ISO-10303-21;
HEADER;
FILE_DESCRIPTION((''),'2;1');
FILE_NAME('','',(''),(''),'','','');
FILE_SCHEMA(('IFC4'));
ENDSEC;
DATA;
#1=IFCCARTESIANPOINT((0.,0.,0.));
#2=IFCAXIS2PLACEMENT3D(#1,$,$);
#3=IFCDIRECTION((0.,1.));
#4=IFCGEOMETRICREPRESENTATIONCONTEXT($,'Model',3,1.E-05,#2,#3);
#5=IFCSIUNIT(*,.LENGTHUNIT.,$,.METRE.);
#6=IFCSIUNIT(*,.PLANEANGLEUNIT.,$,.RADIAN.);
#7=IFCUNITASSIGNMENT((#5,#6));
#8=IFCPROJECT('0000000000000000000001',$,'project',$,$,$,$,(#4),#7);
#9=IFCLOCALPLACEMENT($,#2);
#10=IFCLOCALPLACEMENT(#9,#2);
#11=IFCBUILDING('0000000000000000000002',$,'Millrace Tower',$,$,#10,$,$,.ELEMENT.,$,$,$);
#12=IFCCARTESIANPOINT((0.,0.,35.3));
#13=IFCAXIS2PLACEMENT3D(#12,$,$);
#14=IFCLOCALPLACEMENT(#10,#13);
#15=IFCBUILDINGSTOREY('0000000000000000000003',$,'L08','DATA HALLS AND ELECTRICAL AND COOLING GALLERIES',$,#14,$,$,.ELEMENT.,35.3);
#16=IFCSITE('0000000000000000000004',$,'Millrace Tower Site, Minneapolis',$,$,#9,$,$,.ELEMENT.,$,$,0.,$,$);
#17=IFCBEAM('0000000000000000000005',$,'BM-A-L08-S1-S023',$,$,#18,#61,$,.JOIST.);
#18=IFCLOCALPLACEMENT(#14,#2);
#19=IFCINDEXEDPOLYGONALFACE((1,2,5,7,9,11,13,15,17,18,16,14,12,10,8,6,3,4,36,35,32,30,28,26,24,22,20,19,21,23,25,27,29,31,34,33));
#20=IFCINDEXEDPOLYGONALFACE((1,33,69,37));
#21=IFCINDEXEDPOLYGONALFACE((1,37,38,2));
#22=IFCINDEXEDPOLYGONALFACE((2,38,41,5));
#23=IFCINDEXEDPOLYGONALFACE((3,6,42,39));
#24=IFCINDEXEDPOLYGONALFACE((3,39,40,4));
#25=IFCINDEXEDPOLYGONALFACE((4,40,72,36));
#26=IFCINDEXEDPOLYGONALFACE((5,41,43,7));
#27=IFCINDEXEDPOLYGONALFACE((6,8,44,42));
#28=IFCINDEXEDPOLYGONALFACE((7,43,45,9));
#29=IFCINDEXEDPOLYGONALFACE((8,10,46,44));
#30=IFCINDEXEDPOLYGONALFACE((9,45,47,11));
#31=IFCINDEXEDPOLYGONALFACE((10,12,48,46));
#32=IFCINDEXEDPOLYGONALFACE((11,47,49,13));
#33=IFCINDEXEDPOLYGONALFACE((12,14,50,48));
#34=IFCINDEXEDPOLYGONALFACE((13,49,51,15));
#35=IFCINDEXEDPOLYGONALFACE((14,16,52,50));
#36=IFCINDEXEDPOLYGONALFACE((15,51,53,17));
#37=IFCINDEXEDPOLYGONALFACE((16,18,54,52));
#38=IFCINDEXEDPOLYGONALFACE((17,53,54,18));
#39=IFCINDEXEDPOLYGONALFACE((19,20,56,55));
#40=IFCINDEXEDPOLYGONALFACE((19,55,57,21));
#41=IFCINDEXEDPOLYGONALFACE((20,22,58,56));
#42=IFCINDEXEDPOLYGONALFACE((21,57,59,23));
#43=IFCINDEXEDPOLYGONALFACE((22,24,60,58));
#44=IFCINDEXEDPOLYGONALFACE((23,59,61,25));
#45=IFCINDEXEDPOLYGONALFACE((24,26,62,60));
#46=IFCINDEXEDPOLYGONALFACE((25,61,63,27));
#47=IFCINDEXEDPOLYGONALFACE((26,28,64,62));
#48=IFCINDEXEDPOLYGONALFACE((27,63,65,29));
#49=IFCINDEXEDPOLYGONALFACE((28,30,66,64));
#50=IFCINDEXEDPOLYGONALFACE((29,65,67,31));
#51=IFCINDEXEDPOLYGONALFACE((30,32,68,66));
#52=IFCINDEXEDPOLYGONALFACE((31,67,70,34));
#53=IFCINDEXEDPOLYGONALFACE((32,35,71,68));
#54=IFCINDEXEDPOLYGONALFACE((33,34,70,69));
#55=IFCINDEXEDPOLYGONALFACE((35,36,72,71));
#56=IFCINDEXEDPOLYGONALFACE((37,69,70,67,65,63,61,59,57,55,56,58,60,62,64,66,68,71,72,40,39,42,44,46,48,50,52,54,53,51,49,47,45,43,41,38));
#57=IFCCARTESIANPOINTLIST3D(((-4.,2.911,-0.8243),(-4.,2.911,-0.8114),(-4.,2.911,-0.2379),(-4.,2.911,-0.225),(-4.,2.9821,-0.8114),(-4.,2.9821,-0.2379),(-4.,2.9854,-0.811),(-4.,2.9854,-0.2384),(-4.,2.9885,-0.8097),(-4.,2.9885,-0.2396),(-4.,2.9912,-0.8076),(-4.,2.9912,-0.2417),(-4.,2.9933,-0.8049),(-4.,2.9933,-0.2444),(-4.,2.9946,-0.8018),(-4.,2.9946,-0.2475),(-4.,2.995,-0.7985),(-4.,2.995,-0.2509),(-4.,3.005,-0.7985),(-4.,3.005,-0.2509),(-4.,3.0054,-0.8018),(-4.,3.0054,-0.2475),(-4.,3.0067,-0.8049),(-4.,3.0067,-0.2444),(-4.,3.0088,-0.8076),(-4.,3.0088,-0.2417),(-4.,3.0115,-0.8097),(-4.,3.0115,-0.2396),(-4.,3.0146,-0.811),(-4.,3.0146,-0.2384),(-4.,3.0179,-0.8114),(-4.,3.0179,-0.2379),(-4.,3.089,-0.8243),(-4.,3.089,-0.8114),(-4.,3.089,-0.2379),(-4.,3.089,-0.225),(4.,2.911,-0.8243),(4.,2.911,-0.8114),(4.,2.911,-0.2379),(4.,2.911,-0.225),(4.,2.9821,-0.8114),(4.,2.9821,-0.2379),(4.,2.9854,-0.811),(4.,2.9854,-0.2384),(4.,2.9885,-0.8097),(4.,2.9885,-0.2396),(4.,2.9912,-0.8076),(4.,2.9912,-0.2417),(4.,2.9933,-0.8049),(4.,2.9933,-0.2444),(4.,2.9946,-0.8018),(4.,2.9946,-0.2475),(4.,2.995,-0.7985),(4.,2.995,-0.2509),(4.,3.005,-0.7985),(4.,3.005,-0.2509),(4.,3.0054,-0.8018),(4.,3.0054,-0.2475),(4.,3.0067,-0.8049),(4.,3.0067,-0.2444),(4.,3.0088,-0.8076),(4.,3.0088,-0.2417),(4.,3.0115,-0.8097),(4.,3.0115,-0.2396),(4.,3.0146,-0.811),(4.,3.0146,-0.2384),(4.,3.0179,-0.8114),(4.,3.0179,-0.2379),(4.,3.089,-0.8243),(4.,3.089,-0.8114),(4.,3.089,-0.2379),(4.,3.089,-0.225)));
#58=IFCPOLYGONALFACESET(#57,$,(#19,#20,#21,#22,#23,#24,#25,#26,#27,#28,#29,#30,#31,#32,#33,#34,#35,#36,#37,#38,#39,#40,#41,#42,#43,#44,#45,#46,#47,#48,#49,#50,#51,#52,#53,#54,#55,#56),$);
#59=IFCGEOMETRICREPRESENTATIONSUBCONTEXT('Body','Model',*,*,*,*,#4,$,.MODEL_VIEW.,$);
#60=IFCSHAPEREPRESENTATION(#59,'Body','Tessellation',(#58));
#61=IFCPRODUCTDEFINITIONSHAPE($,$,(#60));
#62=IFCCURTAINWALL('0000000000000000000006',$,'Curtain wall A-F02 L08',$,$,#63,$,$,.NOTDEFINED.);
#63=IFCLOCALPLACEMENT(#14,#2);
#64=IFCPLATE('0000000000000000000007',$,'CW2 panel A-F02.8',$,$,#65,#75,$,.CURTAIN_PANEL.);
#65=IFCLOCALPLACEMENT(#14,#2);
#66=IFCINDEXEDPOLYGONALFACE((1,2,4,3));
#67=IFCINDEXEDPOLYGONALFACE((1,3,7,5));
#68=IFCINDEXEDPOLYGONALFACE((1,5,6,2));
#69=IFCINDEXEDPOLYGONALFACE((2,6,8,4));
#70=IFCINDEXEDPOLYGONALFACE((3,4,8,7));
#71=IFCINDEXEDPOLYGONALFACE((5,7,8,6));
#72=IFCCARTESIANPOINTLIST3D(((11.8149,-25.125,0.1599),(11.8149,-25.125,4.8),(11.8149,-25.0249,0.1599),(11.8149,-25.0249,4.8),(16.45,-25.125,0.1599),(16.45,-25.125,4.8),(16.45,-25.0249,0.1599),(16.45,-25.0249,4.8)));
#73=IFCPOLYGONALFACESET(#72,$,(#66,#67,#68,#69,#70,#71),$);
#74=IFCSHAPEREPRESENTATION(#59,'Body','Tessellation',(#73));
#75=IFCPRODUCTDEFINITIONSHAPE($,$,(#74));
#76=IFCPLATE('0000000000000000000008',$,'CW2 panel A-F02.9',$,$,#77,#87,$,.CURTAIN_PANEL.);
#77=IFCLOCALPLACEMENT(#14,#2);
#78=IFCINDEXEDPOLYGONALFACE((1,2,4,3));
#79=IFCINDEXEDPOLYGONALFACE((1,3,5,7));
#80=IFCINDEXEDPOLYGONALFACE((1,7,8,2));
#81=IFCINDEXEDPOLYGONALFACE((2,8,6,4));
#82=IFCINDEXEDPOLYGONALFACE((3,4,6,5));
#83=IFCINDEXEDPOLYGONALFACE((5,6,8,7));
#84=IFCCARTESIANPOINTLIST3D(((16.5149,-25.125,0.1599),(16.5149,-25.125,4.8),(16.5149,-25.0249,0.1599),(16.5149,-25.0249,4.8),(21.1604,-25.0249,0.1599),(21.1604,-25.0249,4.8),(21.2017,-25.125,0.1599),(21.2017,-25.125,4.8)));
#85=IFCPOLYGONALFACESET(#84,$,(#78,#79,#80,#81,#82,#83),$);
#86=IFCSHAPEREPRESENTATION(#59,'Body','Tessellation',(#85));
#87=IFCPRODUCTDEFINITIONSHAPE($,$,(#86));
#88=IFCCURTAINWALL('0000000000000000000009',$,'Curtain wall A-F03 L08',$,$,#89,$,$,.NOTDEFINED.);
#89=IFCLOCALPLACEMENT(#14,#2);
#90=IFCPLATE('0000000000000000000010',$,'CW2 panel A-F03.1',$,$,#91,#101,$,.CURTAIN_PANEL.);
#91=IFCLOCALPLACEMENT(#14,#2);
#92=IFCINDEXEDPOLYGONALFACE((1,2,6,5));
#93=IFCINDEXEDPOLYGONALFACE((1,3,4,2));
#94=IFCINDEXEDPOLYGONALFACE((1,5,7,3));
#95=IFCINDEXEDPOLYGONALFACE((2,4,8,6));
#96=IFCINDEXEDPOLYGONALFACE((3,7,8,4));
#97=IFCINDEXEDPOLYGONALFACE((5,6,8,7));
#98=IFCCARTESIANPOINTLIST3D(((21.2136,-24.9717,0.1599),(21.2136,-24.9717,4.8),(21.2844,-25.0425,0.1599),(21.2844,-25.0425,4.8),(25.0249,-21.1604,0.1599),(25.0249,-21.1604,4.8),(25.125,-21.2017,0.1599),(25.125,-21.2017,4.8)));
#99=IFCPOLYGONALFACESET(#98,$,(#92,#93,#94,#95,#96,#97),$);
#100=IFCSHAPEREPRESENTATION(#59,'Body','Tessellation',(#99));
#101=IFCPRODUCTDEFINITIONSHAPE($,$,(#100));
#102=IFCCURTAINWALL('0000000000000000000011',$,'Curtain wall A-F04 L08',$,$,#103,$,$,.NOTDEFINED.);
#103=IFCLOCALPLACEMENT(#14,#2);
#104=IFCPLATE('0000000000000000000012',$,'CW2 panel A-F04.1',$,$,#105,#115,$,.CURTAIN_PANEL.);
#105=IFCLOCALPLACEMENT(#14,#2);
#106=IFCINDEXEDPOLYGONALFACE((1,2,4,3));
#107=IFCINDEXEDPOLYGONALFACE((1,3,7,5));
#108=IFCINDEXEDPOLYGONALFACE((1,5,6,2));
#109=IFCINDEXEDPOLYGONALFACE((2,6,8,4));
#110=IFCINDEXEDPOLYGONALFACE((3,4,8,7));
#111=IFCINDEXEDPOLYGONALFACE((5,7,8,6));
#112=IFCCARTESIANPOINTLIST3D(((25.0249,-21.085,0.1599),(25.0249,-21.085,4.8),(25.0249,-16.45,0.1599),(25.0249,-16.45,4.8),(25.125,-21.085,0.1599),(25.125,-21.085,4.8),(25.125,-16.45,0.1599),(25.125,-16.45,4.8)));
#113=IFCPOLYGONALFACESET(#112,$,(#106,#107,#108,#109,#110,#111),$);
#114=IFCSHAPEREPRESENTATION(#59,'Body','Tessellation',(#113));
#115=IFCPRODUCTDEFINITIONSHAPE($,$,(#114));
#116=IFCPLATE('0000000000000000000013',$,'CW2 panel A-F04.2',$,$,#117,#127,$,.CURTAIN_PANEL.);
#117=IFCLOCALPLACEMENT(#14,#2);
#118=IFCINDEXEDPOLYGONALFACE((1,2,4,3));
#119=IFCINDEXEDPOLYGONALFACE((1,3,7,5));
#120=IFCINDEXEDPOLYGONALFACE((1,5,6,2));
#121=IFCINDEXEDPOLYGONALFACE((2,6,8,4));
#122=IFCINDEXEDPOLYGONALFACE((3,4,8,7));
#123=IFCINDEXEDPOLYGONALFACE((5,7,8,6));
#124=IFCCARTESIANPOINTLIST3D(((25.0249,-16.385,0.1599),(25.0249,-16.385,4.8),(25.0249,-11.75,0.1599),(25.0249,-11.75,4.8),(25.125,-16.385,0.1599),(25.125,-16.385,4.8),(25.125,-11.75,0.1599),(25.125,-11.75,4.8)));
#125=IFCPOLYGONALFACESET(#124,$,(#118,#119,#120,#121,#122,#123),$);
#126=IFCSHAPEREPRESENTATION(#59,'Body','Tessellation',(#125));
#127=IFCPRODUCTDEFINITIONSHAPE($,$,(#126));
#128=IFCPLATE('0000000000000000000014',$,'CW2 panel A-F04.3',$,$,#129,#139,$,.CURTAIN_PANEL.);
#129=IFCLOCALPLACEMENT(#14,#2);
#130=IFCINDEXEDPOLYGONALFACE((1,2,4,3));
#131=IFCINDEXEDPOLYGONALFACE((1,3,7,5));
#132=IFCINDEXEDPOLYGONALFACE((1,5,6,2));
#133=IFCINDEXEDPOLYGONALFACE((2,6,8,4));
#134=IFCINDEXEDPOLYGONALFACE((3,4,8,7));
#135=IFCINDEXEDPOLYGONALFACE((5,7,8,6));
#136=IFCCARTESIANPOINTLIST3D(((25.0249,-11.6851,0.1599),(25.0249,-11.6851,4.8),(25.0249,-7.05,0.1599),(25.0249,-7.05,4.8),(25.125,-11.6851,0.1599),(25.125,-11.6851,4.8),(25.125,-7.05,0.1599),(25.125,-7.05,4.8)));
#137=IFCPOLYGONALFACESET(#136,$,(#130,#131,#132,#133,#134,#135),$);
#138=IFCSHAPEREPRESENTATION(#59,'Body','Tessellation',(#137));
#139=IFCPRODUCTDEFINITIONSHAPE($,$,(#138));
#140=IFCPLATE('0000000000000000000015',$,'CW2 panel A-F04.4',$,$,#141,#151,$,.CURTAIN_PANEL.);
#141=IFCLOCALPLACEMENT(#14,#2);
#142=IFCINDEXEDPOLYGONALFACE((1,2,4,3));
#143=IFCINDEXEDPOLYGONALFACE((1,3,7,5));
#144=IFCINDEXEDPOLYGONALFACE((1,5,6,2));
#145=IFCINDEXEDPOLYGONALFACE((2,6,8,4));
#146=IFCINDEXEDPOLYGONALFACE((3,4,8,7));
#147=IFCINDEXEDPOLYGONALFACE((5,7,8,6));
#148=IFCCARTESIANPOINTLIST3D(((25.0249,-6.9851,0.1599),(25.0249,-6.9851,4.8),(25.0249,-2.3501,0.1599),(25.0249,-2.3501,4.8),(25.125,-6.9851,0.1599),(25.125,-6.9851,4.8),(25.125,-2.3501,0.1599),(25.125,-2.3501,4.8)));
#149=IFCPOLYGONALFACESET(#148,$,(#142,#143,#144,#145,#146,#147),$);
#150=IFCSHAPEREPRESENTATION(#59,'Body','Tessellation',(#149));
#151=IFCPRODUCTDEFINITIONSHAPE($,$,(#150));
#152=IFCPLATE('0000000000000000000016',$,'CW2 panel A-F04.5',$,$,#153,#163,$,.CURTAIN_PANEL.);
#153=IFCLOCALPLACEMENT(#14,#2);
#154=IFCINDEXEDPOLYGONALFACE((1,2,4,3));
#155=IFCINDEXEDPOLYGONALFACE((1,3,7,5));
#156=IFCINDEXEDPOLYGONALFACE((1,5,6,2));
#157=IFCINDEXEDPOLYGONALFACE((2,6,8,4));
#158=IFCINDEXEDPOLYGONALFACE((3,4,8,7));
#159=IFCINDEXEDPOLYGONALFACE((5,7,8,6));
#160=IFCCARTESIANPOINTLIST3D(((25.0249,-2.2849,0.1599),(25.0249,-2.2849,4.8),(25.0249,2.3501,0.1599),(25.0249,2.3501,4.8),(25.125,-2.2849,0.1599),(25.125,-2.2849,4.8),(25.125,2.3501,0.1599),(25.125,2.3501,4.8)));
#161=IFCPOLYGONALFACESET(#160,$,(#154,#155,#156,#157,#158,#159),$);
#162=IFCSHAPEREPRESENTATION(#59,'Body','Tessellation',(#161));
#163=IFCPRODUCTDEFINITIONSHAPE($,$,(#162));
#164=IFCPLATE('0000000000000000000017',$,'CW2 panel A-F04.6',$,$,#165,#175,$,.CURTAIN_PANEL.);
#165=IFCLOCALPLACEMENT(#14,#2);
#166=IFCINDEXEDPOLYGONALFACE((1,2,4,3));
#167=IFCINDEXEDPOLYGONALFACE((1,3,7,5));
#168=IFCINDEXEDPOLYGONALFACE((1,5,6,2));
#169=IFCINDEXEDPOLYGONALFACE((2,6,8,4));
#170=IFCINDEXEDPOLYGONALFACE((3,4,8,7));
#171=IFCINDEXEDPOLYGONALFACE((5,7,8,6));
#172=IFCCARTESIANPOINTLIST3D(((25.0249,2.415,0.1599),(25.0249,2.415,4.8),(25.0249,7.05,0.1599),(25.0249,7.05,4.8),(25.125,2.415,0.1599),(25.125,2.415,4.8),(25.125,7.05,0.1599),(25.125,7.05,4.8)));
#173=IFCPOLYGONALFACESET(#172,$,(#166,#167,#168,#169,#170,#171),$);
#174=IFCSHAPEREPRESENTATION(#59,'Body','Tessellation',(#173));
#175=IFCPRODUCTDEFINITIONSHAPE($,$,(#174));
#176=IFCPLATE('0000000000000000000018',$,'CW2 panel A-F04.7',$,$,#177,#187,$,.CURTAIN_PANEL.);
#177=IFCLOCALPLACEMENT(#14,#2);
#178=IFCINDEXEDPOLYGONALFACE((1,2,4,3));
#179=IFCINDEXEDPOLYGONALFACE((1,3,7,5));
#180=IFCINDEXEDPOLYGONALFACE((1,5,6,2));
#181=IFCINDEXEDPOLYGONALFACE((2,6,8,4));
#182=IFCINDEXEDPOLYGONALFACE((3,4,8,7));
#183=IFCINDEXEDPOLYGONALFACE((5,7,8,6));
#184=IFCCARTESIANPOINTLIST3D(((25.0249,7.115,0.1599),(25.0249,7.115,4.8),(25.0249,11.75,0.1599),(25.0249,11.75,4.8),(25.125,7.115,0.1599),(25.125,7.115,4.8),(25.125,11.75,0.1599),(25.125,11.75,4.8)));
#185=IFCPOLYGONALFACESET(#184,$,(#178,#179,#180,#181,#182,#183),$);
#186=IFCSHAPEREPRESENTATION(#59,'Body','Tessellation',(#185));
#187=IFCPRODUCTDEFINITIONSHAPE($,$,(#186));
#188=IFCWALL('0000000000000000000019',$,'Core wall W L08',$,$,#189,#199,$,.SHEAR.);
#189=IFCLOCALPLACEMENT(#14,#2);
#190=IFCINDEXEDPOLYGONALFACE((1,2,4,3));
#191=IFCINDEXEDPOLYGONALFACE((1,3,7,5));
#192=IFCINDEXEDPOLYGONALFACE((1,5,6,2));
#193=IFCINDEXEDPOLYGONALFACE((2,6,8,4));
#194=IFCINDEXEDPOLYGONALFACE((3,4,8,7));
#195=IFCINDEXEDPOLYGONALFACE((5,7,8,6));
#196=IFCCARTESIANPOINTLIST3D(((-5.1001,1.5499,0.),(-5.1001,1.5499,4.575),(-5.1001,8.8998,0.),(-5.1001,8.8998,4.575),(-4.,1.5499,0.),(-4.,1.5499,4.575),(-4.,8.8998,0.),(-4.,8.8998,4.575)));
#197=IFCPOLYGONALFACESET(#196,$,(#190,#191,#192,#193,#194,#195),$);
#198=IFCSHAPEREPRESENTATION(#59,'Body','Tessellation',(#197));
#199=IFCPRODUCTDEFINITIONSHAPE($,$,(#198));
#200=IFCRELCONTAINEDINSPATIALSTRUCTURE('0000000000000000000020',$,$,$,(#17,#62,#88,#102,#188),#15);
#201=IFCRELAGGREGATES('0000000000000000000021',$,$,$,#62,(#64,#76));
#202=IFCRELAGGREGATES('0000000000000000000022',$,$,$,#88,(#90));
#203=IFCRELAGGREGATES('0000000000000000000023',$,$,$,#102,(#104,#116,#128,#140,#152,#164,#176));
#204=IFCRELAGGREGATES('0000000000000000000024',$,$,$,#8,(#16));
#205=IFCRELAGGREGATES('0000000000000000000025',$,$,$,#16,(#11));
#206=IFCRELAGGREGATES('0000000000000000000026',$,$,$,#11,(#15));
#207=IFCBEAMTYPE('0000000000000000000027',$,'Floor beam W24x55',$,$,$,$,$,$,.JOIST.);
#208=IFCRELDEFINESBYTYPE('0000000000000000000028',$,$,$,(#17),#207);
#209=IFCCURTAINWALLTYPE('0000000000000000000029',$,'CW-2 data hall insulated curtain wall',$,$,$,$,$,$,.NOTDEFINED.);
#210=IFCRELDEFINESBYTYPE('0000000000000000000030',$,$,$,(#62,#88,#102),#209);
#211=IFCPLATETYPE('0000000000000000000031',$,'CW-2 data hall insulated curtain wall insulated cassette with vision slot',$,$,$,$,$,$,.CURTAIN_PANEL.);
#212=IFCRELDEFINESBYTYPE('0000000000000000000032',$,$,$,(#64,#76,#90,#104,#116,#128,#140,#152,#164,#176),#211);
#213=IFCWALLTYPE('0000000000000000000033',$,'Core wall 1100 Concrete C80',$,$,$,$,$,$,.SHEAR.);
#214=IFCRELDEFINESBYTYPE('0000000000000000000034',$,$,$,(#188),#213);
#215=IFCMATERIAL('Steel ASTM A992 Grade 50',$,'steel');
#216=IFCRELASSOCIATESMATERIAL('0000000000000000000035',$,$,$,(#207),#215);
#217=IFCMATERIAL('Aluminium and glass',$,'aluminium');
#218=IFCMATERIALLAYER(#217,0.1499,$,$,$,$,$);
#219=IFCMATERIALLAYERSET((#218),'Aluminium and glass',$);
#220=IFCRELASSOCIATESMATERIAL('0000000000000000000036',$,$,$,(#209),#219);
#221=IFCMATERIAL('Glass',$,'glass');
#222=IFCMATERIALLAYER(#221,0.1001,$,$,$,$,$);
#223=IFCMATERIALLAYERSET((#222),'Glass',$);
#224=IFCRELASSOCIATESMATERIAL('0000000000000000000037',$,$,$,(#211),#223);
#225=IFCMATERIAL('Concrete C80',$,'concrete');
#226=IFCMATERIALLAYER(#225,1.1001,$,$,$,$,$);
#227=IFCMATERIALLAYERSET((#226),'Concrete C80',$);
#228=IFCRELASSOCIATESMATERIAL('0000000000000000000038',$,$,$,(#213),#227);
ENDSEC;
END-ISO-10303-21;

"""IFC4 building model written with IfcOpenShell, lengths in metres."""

from ifc_helpers import new_model, si_unit, direction, frame, frame_2d, origin, origin_2d, place, context, subcontext, project, spatial, polyline, rectangle, i_section, outline, extrude, material, layer, layer_set, material_profile, profile_set, type_object, element, aggregate, save


model = new_model("IFC4")

# Units and contexts
model_context = context("Model", 3, precision=1e-05, world=origin(), true_north=direction((0.0, 1.0)))
body_context = subcontext(model_context, "Body", "Model", "MODEL_VIEW")
ifc_project = project(units=[si_unit("LENGTHUNIT", "METRE"), si_unit("PLANEANGLEUNIT", "RADIAN")], contexts=[model_context])

# Site, building, storey
site_placement = place(None, origin())
site = spatial("IfcSite", under=ifc_project, at=site_placement, Name="Millrace Tower Site, Minneapolis", CompositionType="ELEMENT", RefElevation=0.0)
building_placement = place(site_placement, origin())
building = spatial("IfcBuilding", under=site, at=building_placement, Name="Millrace Tower", CompositionType="ELEMENT")
storey_placement = place(building_placement, frame((0.0, 0.0, 35.3)))
storey = spatial("IfcBuildingStorey", under=building, at=storey_placement, Name="L08", Description="DATA HALLS AND ELECTRICAL AND COOLING GALLERIES", CompositionType="ELEMENT", Elevation=35.3)

# Beam
ifc_material_1 = material(Name="Steel ASTM A992 Grade 50", Category="steel")
ifc_material_profile = material_profile(ifc_material_1, i_section(OverallWidth=0.178, OverallDepth=0.5994, WebThickness=0.01, FlangeThickness=0.0129, FilletRadius=0.0129, at=origin_2d()))
ifc_profile_set = profile_set([ifc_material_profile], Name="Steel ASTM A992 Grade 50")
beam_type = type_object("IfcBeamType", Name="Floor beam W24x55", PredefinedType="JOIST", material=ifc_profile_set)
beam_placement = place(storey_placement, frame((-4.0, 3.0, -0.5247), z_axis=(1.0, 0.0, 0.0), x_axis=(0.0, 1.0, 0.0)))
element("IfcBeam", 1, at=beam_placement, inside=storey, type_object=beam_type, Name="BM-A-L08-S1-S023", PredefinedType="JOIST", context=body_context, shape_type="SweptSolid", body=[
    extrude(i_section(OverallWidth=0.178, OverallDepth=0.5994, WebThickness=0.01, FlangeThickness=0.0129, FilletRadius=0.0129, at=origin_2d()), origin(), (0.0, 0.0, 1.0), 8.0),
])

# Curtain wall, plates
ifc_material_2 = material(Name="Aluminium and glass", Category="aluminium")
ifc_layer_1 = layer(ifc_material_2, 0.1499)
ifc_layer_set_1 = layer_set([ifc_layer_1], Name="Aluminium and glass")
curtain_wall_type = type_object("IfcCurtainWallType", Name="CW-2 data hall insulated curtain wall", PredefinedType="NOTDEFINED", material=ifc_layer_set_1)
placement_1 = place(storey_placement, origin())
curtain_wall_1 = element("IfcCurtainWall", 2, at=placement_1, inside=storey, type_object=curtain_wall_type, Name="Curtain wall A-F02 L08", PredefinedType="NOTDEFINED")
ifc_material_3 = material(Name="Glass", Category="glass")
ifc_layer_2 = layer(ifc_material_3, 0.1001)
ifc_layer_set_2 = layer_set([ifc_layer_2], Name="Glass")
plate_type = type_object("IfcPlateType", Name="CW-2 data hall insulated curtain wall insulated cassette with vision slot", PredefinedType="CURTAIN_PANEL", material=ifc_layer_set_2)
placement_2 = place(storey_placement, frame((0.0, 0.0, 0.1599)))
plate_1 = element("IfcPlate", 3, at=placement_2, type_object=plate_type, Name="CW2 panel A-F02.8", PredefinedType="CURTAIN_PANEL", context=body_context, shape_type="SweptSolid", body=[
    extrude(outline(polyline([(11.8149, -25.125), (16.45, -25.125), (16.45, -25.0249), (11.8149, -25.0249), (11.8149, -25.125)])), origin(), (0.0, 0.0, 1.0), 4.6401),
])
plate_2 = element("IfcPlate", 4, at=placement_2, type_object=plate_type, Name="CW2 panel A-F02.9", PredefinedType="CURTAIN_PANEL", context=body_context, shape_type="SweptSolid", body=[
    extrude(outline(polyline([(16.5149, -25.125), (21.2017, -25.125), (21.1604, -25.0249), (16.5149, -25.0249), (16.5149, -25.125)])), origin(), (0.0, 0.0, 1.0), 4.6401),
])
aggregate(curtain_wall_1, [plate_1, plate_2])

# Curtain wall, plate
curtain_wall_2 = element("IfcCurtainWall", 5, at=placement_1, inside=storey, type_object=curtain_wall_type, Name="Curtain wall A-F03 L08", PredefinedType="NOTDEFINED")
plate_3 = element("IfcPlate", 6, at=placement_2, type_object=plate_type, Name="CW2 panel A-F03.1", PredefinedType="CURTAIN_PANEL", context=body_context, shape_type="SweptSolid", body=[
    extrude(outline(polyline([(21.2844, -25.0425), (25.125, -21.2017), (25.0249, -21.1604), (21.2136, -24.9717), (21.2844, -25.0425)])), origin(), (0.0, 0.0, 1.0), 4.6401),
])
aggregate(curtain_wall_2, [plate_3])

# Curtain wall, plates
curtain_wall_3 = element("IfcCurtainWall", 7, at=placement_1, inside=storey, type_object=curtain_wall_type, Name="Curtain wall A-F04 L08", PredefinedType="NOTDEFINED")
plate_4 = element("IfcPlate", 8, at=placement_2, type_object=plate_type, Name="CW2 panel A-F04.1", PredefinedType="CURTAIN_PANEL", context=body_context, shape_type="SweptSolid", body=[
    extrude(outline(polyline([(25.125, -21.085), (25.125, -16.45), (25.0249, -16.45), (25.0249, -21.085), (25.125, -21.085)])), origin(), (0.0, 0.0, 1.0), 4.6401),
])
plate_5 = element("IfcPlate", 9, at=placement_2, type_object=plate_type, Name="CW2 panel A-F04.2", PredefinedType="CURTAIN_PANEL", context=body_context, shape_type="SweptSolid", body=[
    extrude(outline(polyline([(25.125, -16.385), (25.125, -11.75), (25.0249, -11.75), (25.0249, -16.385), (25.125, -16.385)])), origin(), (0.0, 0.0, 1.0), 4.6401),
])
plate_6 = element("IfcPlate", 10, at=placement_2, type_object=plate_type, Name="CW2 panel A-F04.3", PredefinedType="CURTAIN_PANEL", context=body_context, shape_type="SweptSolid", body=[
    extrude(outline(polyline([(25.125, -11.6851), (25.125, -7.05), (25.0249, -7.05), (25.0249, -11.6851), (25.125, -11.6851)])), origin(), (0.0, 0.0, 1.0), 4.6401),
])
plate_7 = element("IfcPlate", 11, at=placement_2, type_object=plate_type, Name="CW2 panel A-F04.4", PredefinedType="CURTAIN_PANEL", context=body_context, shape_type="SweptSolid", body=[
    extrude(outline(polyline([(25.125, -6.9851), (25.125, -2.3501), (25.0249, -2.3501), (25.0249, -6.9851), (25.125, -6.9851)])), origin(), (0.0, 0.0, 1.0), 4.6401),
])
plate_8 = element("IfcPlate", 12, at=placement_2, type_object=plate_type, Name="CW2 panel A-F04.5", PredefinedType="CURTAIN_PANEL", context=body_context, shape_type="SweptSolid", body=[
    extrude(outline(polyline([(25.125, -2.2849), (25.125, 2.3501), (25.0249, 2.3501), (25.0249, -2.2849), (25.125, -2.2849)])), origin(), (0.0, 0.0, 1.0), 4.6401),
])
plate_9 = element("IfcPlate", 13, at=placement_2, type_object=plate_type, Name="CW2 panel A-F04.6", PredefinedType="CURTAIN_PANEL", context=body_context, shape_type="SweptSolid", body=[
    extrude(outline(polyline([(25.125, 2.415), (25.125, 7.05), (25.0249, 7.05), (25.0249, 2.415), (25.125, 2.415)])), origin(), (0.0, 0.0, 1.0), 4.6401),
])
plate_10 = element("IfcPlate", 14, at=placement_2, type_object=plate_type, Name="CW2 panel A-F04.7", PredefinedType="CURTAIN_PANEL", context=body_context, shape_type="SweptSolid", body=[
    extrude(outline(polyline([(25.125, 7.115), (25.125, 11.75), (25.0249, 11.75), (25.0249, 7.115), (25.125, 7.115)])), origin(), (0.0, 0.0, 1.0), 4.6401),
])
aggregate(curtain_wall_3, [plate_4, plate_5, plate_6, plate_7, plate_8, plate_9, plate_10])

# Wall
ifc_material_4 = material(Name="Concrete C80", Category="concrete")
ifc_layer_3 = layer(ifc_material_4, 1.1001)
ifc_layer_set_3 = layer_set([ifc_layer_3], Name="Concrete C80")
wall_type_1 = type_object("IfcWallType", Name="Core wall 1100 Concrete C80", PredefinedType="SHEAR", material=ifc_layer_set_3)
wall_1_placement = place(storey_placement, frame((-4.55, 1.55, 0.0), z_axis=(0.0, 0.0, 1.0), x_axis=(0.0, 1.0, 0.0)))
element("IfcWall", 15, at=wall_1_placement, inside=storey, type_object=wall_type_1, Name="Core wall W L08", PredefinedType="SHEAR", context=body_context, shape_type="SweptSolid", body=[
    extrude(rectangle(XDim=7.3499, YDim=1.1001, at=frame_2d((3.6748, 0.0))), origin(), (0.0, 0.0, 1.0), 4.575),
])

save(model, "model.ifc")
